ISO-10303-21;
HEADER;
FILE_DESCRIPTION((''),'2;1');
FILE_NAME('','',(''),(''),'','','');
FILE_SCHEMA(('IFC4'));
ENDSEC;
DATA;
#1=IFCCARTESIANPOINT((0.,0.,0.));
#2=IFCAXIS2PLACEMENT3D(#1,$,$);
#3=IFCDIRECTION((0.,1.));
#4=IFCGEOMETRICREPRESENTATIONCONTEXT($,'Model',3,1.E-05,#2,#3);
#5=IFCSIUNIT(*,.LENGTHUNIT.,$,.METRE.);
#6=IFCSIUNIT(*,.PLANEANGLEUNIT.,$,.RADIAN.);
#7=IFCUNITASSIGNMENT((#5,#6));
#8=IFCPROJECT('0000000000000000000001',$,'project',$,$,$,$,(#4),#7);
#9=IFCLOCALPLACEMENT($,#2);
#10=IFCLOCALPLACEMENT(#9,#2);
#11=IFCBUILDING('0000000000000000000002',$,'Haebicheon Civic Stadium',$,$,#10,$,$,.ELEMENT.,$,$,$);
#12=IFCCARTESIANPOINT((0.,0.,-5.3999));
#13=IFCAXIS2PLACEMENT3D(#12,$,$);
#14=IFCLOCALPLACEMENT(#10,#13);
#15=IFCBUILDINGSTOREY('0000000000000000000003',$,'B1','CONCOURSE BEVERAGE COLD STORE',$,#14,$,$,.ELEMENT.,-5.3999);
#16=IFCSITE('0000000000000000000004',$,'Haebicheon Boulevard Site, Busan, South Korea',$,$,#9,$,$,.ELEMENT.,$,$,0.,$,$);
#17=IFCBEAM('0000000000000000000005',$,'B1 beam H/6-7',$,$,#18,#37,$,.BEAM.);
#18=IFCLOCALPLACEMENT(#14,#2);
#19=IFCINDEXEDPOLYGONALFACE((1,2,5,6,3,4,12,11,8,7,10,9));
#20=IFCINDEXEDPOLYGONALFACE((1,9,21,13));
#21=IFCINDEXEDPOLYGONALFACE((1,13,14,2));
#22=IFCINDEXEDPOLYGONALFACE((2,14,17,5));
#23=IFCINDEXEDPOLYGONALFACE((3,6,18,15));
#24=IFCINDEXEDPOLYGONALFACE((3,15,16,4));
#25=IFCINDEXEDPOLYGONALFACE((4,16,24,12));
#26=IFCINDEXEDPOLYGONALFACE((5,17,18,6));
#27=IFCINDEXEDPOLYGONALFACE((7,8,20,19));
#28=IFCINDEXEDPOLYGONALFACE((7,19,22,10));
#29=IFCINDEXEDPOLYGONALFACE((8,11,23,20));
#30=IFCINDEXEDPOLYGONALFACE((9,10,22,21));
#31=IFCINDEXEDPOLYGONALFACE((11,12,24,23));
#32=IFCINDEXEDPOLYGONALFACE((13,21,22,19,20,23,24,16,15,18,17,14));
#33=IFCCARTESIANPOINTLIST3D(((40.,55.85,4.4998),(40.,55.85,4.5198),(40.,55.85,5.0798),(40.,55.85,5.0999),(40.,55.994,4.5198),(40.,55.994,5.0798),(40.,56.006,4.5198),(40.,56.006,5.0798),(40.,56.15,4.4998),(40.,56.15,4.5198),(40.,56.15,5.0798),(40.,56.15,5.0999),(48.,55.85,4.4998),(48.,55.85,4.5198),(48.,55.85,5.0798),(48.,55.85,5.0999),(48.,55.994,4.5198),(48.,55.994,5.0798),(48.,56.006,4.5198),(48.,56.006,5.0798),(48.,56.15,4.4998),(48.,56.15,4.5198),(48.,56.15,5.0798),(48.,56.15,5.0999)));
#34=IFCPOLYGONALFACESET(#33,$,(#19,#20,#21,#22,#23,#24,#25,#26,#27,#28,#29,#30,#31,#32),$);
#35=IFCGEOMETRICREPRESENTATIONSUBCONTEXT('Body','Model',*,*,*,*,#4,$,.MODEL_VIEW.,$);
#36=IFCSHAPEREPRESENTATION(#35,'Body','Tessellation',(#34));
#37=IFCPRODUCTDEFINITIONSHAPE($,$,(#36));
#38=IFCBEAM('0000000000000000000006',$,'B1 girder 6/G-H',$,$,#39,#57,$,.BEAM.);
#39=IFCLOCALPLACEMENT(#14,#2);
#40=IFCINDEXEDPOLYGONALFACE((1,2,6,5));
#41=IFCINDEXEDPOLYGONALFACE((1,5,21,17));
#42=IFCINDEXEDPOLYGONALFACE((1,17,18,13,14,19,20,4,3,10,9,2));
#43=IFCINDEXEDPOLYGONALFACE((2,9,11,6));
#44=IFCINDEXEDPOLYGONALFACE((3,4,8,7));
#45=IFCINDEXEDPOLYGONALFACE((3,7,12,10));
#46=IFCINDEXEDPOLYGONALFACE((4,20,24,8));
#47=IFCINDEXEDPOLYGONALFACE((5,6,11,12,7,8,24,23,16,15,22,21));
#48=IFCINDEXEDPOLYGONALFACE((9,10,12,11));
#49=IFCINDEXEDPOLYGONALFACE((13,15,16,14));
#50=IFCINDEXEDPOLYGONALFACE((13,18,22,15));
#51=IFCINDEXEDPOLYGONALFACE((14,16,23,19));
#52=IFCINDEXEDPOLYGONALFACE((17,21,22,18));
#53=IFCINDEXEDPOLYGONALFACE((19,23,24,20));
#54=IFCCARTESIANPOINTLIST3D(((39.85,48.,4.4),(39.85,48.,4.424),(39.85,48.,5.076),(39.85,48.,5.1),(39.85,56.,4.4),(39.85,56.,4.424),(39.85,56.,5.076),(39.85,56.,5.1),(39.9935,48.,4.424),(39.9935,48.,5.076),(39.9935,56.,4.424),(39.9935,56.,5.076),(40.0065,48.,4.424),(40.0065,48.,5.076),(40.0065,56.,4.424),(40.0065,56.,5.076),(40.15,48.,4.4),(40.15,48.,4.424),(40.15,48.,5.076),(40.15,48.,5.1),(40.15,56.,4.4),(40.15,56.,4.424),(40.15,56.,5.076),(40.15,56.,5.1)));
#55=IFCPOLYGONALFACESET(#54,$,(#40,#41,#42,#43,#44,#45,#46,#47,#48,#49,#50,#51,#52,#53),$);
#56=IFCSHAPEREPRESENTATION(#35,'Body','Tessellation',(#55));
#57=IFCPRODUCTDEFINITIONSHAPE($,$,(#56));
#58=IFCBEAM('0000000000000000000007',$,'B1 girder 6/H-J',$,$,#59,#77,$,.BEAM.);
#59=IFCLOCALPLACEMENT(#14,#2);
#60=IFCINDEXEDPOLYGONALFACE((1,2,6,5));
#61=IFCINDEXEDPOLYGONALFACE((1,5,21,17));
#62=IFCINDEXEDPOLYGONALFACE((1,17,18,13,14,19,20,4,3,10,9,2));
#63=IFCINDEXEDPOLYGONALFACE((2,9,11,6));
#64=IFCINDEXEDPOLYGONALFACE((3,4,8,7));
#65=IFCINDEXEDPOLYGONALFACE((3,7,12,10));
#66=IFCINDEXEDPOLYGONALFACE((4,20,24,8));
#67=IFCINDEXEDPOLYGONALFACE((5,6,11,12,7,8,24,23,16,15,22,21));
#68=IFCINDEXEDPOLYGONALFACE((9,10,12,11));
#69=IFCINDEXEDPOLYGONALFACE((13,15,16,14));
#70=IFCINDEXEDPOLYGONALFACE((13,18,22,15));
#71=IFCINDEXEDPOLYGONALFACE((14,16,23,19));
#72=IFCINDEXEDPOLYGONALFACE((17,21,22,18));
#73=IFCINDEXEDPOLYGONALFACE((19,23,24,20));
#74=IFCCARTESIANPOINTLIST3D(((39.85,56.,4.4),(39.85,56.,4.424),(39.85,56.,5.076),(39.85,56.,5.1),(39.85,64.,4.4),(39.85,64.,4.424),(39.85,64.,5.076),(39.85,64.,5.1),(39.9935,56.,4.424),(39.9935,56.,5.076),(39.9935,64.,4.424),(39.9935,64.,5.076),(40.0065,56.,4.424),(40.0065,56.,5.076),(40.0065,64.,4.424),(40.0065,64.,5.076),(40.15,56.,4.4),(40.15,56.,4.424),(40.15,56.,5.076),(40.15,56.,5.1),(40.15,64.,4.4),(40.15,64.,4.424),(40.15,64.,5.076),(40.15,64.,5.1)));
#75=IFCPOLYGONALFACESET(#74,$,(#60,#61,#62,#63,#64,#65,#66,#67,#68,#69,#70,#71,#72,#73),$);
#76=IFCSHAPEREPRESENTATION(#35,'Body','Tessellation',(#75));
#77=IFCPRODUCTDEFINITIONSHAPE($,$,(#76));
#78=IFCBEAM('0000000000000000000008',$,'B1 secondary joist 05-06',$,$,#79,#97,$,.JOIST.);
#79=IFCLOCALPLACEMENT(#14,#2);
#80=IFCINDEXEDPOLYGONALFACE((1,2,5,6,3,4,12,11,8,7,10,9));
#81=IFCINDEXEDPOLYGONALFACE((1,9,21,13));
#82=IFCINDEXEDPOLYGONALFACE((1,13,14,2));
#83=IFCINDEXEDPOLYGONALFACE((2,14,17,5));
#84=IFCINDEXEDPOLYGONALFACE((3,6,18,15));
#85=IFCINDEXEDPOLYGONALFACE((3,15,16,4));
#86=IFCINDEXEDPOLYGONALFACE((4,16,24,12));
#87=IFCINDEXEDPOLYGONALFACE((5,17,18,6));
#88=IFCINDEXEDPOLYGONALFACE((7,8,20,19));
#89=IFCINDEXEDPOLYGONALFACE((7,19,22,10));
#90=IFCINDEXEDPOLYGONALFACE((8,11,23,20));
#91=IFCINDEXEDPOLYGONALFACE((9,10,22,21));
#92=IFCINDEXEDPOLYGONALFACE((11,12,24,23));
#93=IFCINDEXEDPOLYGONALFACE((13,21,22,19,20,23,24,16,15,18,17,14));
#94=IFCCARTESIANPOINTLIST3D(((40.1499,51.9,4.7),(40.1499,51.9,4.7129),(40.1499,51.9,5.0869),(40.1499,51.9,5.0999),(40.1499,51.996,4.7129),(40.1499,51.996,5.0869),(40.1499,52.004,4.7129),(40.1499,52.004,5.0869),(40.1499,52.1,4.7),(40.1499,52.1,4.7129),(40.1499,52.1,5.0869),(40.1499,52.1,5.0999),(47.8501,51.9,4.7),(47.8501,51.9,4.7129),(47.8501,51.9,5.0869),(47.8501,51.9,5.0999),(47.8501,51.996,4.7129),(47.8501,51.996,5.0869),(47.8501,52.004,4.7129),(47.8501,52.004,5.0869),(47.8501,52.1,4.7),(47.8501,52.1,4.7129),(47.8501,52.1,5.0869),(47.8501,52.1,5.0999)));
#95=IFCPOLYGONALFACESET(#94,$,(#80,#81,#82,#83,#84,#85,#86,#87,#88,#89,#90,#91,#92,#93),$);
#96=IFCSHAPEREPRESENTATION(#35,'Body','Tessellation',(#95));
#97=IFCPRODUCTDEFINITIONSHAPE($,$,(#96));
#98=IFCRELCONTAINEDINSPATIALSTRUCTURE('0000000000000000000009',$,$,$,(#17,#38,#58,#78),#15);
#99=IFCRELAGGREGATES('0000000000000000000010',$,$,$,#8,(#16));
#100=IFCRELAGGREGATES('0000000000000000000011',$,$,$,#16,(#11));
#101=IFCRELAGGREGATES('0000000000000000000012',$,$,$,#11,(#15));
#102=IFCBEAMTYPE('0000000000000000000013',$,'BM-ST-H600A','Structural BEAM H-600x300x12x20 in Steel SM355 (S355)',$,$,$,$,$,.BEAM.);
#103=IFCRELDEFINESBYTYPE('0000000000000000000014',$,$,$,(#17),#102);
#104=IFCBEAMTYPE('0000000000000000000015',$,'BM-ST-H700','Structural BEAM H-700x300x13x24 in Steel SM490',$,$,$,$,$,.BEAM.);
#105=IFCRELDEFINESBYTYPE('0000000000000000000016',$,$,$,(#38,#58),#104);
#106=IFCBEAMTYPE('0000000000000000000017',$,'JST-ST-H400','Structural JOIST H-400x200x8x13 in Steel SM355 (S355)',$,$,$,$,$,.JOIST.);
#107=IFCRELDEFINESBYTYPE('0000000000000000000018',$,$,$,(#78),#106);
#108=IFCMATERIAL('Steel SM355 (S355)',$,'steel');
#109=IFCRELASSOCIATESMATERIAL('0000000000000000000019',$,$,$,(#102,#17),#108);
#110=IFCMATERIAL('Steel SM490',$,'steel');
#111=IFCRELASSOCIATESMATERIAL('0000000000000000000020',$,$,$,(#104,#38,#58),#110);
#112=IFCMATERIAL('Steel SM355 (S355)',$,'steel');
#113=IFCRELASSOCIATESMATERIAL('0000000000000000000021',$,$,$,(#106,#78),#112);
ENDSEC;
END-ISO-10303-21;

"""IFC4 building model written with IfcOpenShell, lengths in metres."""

from ifc_helpers import new_model, si_unit, direction, frame, origin, origin_2d, place, context, subcontext, project, spatial, i_section, extrude, material, material_profile, profile_set, type_object, element, save


model = new_model("IFC4")

# Units and contexts
model_context = context("Model", 3, precision=1e-05, world=origin(), true_north=direction((0.0, 1.0)))
body_context = subcontext(model_context, "Body", "Model", "MODEL_VIEW")
ifc_project = project(units=[si_unit("LENGTHUNIT", "METRE"), si_unit("PLANEANGLEUNIT", "RADIAN")], contexts=[model_context])

# Site, building, storey
site_placement = place(None, origin())
site = spatial("IfcSite", under=ifc_project, at=site_placement, Name="Haebicheon Boulevard Site, Busan, South Korea", CompositionType="ELEMENT", RefElevation=0.0)
building_placement = place(site_placement, origin())
building = spatial("IfcBuilding", under=site, at=building_placement, Name="Haebicheon Civic Stadium", CompositionType="ELEMENT")
storey_placement = place(building_placement, frame((0.0, 0.0, -5.3999)))
storey = spatial("IfcBuildingStorey", under=building, at=storey_placement, Name="B1", Description="CONCOURSE BEVERAGE COLD STORE", CompositionType="ELEMENT", Elevation=-5.3999)

# Beams
ifc_material_1 = material(Name="Steel SM355 (S355)", Category="steel")
ifc_material_profile_1 = material_profile(ifc_material_1, i_section(OverallWidth=0.3, OverallDepth=0.6001, WebThickness=0.012, FlangeThickness=0.02, at=origin_2d()), Name="H-600x300x12x20")
ifc_profile_set_1 = profile_set([ifc_material_profile_1], Name="Steel SM355 (S355)")
beam_type_1 = type_object("IfcBeamType", Name="BM-ST-H600A", Description="Structural BEAM H-600x300x12x20 in Steel SM355 (S355)", PredefinedType="BEAM", material=ifc_profile_set_1)
for number, where, z_axis, x_axis, name in (
    (1, (40.0, 56.0, 4.7998), (1.0, 0.0, 0.0), (0.0, 1.0, 0.0), "B1 beam H/6-7"),
):
    element("IfcBeam", number, at=place(storey_placement, frame(where, z_axis=z_axis, x_axis=x_axis)), inside=storey, type_object=beam_type_1, material=ifc_profile_set_1, Name=name, PredefinedType="BEAM", context=body_context, shape_type="SweptSolid", body=[
        extrude(i_section(OverallWidth=0.3, OverallDepth=0.6001, WebThickness=0.012, FlangeThickness=0.02, at=origin_2d()), origin(), (0.0, 0.0, 1.0), 8.0),
    ])
ifc_material_2 = material(Name="Steel SM490", Category="steel")
ifc_material_profile_2 = material_profile(ifc_material_2, i_section(OverallWidth=0.3, OverallDepth=0.7, WebThickness=0.0129, FlangeThickness=0.0239, at=origin_2d()), Name="H-700x300x13x24")
ifc_profile_set_2 = profile_set([ifc_material_profile_2], Name="Steel SM490")
beam_type_2 = type_object("IfcBeamType", Name="BM-ST-H700", Description="Structural BEAM H-700x300x13x24 in Steel SM490", PredefinedType="BEAM", material=ifc_profile_set_2)
for number, where, z_axis, x_axis, name in (
    (2, (40.0, 48.0, 4.75), (0.0, 1.0, 0.0), (-1.0, 0.0, 0.0), "B1 girder 6/G-H"),
    (3, (40.0, 56.0, 4.75), (0.0, 1.0, 0.0), (-1.0, 0.0, 0.0), "B1 girder 6/H-J"),
):
    element("IfcBeam", number, at=place(storey_placement, frame(where, z_axis=z_axis, x_axis=x_axis)), inside=storey, type_object=beam_type_2, material=ifc_profile_set_2, Name=name, PredefinedType="BEAM", context=body_context, shape_type="SweptSolid", body=[
        extrude(i_section(OverallWidth=0.3, OverallDepth=0.7, WebThickness=0.0129, FlangeThickness=0.0239, at=origin_2d()), origin(), (0.0, 0.0, 1.0), 8.0),
    ])
ifc_material_3 = material(Name="Steel SM355 (S355)", Category="steel")
ifc_material_profile_3 = material_profile(ifc_material_3, i_section(OverallWidth=0.2, OverallDepth=0.3999, WebThickness=0.0081, FlangeThickness=0.0129, at=origin_2d()), Name="H-400x200x8x13")
ifc_profile_set_3 = profile_set([ifc_material_profile_3], Name="Steel SM355 (S355)")
beam_type_3 = type_object("IfcBeamType", Name="JST-ST-H400", Description="Structural JOIST H-400x200x8x13 in Steel SM355 (S355)", PredefinedType="JOIST", material=ifc_profile_set_3)
beam_placement = place(storey_placement, frame((40.1499, 52.0, 4.8999), z_axis=(1.0, 0.0, 0.0), x_axis=(0.0, 1.0, 0.0)))
element("IfcBeam", 4, at=beam_placement, inside=storey, type_object=beam_type_3, material=ifc_profile_set_3, Name="B1 secondary joist 05-06", PredefinedType="JOIST", context=body_context, shape_type="SweptSolid", body=[
    extrude(i_section(OverallWidth=0.2, OverallDepth=0.3999, WebThickness=0.0081, FlangeThickness=0.0129, at=origin_2d()), origin(), (0.0, 0.0, 1.0), 7.7002),
])

save(model, "model.ifc")
